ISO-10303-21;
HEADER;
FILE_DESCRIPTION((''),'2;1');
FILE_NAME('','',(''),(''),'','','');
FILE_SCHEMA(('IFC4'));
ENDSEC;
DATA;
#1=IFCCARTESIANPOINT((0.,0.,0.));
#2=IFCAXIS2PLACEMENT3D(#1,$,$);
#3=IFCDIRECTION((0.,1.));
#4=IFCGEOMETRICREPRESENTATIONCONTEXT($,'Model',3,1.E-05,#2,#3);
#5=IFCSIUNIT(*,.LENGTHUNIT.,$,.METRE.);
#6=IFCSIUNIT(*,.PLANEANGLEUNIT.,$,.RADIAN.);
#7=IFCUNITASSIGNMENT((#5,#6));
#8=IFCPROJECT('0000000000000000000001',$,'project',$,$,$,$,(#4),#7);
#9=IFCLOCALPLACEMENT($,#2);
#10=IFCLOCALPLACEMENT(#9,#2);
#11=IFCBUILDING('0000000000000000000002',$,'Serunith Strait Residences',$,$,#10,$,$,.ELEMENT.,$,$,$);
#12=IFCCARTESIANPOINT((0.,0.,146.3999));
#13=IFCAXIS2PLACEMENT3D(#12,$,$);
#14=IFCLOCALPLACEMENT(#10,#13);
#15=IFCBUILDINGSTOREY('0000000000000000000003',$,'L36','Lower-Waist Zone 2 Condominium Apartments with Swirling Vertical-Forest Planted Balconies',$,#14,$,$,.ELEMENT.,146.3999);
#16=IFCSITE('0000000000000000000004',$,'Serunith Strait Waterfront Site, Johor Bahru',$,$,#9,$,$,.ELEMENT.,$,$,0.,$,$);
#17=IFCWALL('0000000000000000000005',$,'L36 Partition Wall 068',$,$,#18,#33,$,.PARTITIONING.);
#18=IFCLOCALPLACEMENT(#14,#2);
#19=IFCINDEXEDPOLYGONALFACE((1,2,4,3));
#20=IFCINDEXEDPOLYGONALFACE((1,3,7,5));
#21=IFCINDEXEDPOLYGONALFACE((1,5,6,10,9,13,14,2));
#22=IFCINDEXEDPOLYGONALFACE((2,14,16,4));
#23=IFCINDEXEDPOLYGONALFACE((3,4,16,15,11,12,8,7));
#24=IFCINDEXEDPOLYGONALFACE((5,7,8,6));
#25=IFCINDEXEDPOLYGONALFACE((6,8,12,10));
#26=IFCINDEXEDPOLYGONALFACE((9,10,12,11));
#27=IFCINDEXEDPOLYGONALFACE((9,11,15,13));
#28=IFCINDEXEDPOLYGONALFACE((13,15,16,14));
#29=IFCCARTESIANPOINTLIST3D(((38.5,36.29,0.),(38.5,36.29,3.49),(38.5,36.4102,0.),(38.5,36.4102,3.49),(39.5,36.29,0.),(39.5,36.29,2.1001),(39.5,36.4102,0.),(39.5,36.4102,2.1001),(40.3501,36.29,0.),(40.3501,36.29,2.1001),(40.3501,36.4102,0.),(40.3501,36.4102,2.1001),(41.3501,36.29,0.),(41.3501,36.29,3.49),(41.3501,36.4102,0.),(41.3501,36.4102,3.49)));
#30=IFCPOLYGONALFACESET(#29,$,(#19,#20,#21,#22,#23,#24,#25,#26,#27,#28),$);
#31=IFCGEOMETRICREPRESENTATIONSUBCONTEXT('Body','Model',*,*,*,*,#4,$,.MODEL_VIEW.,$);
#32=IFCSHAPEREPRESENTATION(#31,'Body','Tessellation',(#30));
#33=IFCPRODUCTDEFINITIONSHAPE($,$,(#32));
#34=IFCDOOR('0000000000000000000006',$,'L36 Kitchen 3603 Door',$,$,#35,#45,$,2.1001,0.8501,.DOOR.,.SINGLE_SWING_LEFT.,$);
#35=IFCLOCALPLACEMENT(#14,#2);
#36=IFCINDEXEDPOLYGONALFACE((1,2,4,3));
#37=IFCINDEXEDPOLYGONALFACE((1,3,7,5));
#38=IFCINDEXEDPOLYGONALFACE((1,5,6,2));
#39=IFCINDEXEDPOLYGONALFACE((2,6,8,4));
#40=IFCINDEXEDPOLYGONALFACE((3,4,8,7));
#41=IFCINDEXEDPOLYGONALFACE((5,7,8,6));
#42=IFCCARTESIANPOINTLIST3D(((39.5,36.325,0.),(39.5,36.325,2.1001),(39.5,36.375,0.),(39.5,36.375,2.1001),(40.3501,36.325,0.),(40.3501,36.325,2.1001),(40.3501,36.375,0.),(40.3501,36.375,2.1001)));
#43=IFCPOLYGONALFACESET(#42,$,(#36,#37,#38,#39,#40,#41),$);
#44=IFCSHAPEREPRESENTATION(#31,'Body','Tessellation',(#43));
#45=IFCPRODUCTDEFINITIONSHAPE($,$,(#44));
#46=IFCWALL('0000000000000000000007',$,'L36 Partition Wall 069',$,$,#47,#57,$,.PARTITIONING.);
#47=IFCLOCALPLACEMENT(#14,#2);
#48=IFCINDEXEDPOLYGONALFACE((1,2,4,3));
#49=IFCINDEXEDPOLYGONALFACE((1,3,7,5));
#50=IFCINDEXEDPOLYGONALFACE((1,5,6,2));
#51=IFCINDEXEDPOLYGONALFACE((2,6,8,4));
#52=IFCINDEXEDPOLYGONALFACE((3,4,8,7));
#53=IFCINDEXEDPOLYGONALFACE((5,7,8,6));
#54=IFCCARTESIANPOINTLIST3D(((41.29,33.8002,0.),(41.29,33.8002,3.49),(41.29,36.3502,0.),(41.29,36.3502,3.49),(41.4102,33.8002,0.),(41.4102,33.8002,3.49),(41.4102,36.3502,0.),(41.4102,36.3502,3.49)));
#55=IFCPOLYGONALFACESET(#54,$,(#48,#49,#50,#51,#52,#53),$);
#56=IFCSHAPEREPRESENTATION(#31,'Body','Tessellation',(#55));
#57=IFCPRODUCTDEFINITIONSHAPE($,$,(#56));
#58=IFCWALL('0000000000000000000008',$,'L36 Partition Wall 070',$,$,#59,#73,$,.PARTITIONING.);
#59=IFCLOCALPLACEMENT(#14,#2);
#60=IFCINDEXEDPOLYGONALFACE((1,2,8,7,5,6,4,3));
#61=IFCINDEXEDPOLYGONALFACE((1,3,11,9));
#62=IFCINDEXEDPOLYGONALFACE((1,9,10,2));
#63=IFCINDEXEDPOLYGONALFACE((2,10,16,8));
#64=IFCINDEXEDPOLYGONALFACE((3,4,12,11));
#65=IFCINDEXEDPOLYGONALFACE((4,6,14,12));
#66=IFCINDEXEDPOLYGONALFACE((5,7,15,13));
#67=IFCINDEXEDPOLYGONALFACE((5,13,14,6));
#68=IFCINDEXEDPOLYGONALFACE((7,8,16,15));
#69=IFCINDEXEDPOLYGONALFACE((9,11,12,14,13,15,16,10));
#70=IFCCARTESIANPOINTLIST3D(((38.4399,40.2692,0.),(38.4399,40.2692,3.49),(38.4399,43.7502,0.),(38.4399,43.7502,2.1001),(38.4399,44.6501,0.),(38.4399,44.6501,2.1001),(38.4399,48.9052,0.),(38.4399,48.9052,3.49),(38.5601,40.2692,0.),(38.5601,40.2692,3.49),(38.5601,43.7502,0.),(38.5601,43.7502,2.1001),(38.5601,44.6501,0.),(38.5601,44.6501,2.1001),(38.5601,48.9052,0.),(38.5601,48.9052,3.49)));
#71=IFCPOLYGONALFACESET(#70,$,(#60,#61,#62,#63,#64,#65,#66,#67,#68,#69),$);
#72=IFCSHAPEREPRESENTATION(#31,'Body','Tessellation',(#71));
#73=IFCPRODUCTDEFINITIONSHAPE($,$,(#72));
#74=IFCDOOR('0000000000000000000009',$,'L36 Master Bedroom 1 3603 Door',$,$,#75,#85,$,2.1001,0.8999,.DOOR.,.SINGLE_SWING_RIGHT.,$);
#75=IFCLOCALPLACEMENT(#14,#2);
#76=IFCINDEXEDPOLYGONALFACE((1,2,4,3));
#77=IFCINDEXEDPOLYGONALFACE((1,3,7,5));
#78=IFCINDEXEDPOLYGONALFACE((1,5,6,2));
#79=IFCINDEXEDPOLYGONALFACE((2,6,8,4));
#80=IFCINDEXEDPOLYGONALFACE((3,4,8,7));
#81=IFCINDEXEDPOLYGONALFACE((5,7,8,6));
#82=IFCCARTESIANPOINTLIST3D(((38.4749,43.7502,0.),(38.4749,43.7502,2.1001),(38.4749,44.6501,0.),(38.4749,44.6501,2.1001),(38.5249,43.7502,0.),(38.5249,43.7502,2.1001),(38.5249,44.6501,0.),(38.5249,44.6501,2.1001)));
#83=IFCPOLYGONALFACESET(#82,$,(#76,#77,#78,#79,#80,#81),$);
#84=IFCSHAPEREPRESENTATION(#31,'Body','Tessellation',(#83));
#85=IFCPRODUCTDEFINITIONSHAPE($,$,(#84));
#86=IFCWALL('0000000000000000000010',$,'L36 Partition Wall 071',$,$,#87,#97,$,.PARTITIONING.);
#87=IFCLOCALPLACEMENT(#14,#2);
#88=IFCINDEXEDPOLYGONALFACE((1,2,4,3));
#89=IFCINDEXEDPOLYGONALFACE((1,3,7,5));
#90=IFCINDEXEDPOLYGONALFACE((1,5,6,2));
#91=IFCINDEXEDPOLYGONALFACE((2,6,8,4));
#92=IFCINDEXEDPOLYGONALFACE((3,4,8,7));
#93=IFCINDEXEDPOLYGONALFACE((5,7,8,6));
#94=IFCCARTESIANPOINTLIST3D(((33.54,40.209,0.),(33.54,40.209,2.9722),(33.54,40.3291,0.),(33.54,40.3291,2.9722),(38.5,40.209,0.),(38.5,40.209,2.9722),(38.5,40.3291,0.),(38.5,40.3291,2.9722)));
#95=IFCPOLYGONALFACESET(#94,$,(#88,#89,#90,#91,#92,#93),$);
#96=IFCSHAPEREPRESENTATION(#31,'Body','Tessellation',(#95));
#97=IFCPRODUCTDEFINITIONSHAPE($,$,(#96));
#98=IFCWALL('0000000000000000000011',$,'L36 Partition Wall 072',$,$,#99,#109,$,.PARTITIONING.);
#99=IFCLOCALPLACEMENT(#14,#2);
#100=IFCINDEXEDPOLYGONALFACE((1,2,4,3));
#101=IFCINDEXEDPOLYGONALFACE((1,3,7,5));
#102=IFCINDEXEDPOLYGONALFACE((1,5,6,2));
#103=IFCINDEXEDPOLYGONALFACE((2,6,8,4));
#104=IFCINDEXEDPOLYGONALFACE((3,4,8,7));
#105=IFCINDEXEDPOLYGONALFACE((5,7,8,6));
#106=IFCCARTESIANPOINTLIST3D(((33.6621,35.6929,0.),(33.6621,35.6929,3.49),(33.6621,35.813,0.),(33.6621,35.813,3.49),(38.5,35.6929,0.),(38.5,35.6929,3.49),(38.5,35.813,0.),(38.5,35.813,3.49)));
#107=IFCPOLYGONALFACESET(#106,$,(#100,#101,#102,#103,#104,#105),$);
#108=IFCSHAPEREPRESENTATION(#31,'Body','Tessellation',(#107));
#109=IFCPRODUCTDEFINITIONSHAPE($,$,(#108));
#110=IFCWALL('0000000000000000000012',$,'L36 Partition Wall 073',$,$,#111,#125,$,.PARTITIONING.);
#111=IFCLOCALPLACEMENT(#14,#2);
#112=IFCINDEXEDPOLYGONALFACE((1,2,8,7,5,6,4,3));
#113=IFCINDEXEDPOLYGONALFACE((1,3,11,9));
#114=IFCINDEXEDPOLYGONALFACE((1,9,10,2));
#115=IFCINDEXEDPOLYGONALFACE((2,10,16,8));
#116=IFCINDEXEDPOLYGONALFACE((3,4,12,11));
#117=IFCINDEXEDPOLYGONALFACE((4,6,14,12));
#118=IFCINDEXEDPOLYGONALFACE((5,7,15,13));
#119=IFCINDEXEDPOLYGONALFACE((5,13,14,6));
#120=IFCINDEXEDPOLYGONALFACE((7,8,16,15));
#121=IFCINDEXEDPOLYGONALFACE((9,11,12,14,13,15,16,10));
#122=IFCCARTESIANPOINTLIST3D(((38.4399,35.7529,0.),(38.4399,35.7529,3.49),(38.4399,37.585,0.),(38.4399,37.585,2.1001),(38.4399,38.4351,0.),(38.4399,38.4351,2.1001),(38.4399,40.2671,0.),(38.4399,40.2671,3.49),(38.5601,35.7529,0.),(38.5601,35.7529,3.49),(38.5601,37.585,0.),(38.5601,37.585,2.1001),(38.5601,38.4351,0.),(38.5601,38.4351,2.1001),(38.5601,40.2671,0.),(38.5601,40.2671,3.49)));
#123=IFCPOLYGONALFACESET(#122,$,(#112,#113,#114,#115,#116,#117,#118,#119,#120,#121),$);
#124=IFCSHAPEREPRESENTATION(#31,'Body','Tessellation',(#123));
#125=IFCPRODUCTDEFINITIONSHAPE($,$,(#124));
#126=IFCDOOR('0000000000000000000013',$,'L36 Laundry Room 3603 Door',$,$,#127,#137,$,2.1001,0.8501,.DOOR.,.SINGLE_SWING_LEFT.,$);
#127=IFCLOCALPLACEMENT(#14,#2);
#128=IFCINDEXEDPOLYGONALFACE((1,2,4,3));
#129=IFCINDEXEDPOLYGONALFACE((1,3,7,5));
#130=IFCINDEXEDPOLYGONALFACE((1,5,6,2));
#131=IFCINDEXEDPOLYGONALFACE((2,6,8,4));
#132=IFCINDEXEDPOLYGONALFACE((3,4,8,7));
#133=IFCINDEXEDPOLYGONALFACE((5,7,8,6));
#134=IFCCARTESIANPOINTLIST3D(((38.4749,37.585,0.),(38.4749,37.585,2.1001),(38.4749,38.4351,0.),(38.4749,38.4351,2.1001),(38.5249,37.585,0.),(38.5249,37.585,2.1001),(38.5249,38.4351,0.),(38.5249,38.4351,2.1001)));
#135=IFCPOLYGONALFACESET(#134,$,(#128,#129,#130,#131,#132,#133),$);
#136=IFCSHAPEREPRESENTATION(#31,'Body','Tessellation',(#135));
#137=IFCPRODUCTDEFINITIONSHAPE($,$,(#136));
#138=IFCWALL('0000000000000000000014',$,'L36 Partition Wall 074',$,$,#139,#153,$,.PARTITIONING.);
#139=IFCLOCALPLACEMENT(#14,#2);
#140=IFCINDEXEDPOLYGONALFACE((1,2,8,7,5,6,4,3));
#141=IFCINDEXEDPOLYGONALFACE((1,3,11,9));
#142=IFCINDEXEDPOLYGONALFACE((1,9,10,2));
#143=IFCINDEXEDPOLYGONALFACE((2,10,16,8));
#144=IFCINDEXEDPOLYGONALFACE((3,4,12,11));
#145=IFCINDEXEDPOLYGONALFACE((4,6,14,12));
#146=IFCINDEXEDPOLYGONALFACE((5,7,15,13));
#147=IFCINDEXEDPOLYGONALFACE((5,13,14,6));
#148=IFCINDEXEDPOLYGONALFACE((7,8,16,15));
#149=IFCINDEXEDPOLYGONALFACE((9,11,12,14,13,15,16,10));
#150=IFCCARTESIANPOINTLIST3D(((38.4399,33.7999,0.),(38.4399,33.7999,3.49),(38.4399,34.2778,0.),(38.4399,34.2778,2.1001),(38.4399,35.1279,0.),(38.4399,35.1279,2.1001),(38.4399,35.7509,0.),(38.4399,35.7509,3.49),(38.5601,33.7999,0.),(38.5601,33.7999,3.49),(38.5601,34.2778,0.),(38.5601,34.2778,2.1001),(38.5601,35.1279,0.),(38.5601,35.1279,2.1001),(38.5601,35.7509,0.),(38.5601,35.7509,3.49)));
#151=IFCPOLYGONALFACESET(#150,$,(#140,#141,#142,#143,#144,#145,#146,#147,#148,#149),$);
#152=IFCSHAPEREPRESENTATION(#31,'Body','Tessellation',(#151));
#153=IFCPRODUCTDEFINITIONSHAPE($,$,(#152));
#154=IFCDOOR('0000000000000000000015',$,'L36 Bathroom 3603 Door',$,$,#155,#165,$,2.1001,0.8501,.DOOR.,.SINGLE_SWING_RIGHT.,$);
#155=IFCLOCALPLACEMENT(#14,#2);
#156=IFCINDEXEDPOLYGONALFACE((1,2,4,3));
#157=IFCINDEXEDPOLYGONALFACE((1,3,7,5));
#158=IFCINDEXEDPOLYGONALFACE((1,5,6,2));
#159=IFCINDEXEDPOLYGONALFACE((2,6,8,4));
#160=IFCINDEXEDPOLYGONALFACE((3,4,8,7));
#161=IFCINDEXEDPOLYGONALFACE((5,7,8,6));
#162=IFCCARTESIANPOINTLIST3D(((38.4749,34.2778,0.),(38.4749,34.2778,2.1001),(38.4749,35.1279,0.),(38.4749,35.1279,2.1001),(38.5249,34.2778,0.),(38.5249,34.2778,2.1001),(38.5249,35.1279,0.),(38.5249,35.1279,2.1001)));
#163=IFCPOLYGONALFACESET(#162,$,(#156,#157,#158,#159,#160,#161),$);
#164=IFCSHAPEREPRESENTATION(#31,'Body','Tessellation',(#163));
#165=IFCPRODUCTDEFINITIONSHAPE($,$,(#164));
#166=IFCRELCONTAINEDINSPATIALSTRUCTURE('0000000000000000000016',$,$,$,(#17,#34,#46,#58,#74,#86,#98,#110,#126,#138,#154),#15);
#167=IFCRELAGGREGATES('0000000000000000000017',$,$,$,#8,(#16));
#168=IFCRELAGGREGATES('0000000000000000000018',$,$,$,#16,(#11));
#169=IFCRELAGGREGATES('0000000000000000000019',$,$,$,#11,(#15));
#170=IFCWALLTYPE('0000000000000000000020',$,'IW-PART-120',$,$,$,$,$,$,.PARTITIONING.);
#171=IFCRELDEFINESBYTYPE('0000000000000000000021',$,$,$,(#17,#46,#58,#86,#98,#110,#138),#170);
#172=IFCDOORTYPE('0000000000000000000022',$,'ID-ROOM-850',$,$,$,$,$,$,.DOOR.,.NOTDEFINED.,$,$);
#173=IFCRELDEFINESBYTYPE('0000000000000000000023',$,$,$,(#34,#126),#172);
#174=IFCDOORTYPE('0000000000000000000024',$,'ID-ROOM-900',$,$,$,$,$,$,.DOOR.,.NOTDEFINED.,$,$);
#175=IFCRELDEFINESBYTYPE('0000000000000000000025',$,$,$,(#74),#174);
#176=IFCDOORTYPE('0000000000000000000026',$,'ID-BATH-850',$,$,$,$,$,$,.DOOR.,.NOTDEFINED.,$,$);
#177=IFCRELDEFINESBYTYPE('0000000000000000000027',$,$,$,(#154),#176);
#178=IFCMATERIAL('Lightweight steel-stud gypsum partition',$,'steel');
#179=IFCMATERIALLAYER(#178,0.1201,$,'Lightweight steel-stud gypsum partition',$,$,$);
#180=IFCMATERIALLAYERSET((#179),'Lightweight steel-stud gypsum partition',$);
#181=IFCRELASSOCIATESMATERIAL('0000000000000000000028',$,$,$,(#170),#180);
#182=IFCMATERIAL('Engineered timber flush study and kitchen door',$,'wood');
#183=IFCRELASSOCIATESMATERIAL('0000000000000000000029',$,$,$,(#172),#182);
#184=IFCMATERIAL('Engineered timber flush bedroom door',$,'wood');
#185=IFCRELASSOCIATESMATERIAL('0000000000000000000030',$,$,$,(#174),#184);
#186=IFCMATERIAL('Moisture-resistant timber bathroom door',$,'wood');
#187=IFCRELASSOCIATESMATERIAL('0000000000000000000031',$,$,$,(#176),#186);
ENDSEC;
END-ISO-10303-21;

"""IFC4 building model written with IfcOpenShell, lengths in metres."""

from ifc_helpers import new_model, si_unit, direction, frame, frame_2d, origin, place, context, subcontext, project, spatial, rectangle, extrude, source, transform, mapped, material, layer, layer_set, type_object, element, fill, save


model = new_model("IFC4")

# Units and contexts
model_context = context("Model", 3, precision=1e-05, world=origin(), true_north=direction((0.0, 1.0)))
body_context = subcontext(model_context, "Body", "Model", "MODEL_VIEW")
ifc_project = project(units=[si_unit("LENGTHUNIT", "METRE"), si_unit("PLANEANGLEUNIT", "RADIAN")], contexts=[model_context])

# Site, building, storey
site_placement = place(None, origin())
site = spatial("IfcSite", under=ifc_project, at=site_placement, Name="Serunith Strait Waterfront Site, Johor Bahru", CompositionType="ELEMENT", RefElevation=0.0)
building_placement = place(site_placement, origin())
building = spatial("IfcBuilding", under=site, at=building_placement, Name="Serunith Strait Residences", CompositionType="ELEMENT")
storey_placement = place(building_placement, frame((0.0, 0.0, 146.3999)))
storey = spatial("IfcBuildingStorey", under=building, at=storey_placement, Name="L36", Description="Lower-Waist Zone 2 Condominium Apartments with Swirling Vertical-Forest Planted Balconies", CompositionType="ELEMENT", Elevation=146.3999)

# Wall, opening, door
ifc_material_1 = material(Name="Lightweight steel-stud gypsum partition", Category="steel")
ifc_layer_1 = layer(ifc_material_1, 0.1201, Name="Lightweight steel-stud gypsum partition")
ifc_layer_set_1 = layer_set([ifc_layer_1], Name="Lightweight steel-stud gypsum partition")
wall_type_1 = type_object("IfcWallType", Name="IW-PART-120", PredefinedType="PARTITIONING", material=ifc_layer_set_1)
wall_1_placement = place(storey_placement, frame((38.5, 36.3501, 0.0), z_axis=(0.0, 0.0, 1.0), x_axis=(1.0, 0.0, 0.0)))
wall_1 = element("IfcWall", 1, at=wall_1_placement, inside=storey, type_object=wall_type_1, Name="L36 Partition Wall 068", PredefinedType="PARTITIONING", context=body_context, shape_type="SweptSolid", body=[
    extrude(rectangle(XDim=2.8501, YDim=0.1201, at=frame_2d((1.425, 0.0))), origin(), (0.0, 0.0, 1.0), 3.49),
])
opening_1_placement = place(wall_1_placement, frame((1.0, 0.0, 0.0)))
opening_1 = element("IfcOpeningElement", 2, at=opening_1_placement, cuts=wall_1, PredefinedType="OPENING", context=body_context, shape_type="SweptSolid", body=[
    extrude(rectangle(XDim=0.8501, YDim=2.1001, at=frame_2d((0.425, 1.05))), frame((0.0, 0.0701, 0.0), z_axis=(0.0, -1.0, 0.0), x_axis=(1.0, 0.0, 0.0)), (0.0, 0.0, 1.0), 0.1401),
])
ifc_material_2 = material(Name="Engineered timber flush study and kitchen door", Category="wood")
door_type_1 = type_object("IfcDoorType", Name="ID-ROOM-850", OperationType="NOTDEFINED", PredefinedType="DOOR", material=ifc_material_2)
shared_shape_1 = source(origin(), body_context, "Body", "SweptSolid", [
    extrude(rectangle(XDim=0.8501, YDim=2.1001, at=frame_2d((0.425, 1.05))), frame((0.0, 0.0249, 0.0), z_axis=(0.0, -1.0, 0.0), x_axis=(1.0, 0.0, 0.0)), (0.0, 0.0, 1.0), 0.05),
])
door_1_placement = place(opening_1_placement, origin())
door_1 = element("IfcDoor", 3, at=door_1_placement, inside=storey, type_object=door_type_1, Name="L36 Kitchen 3603 Door", OperationType="SINGLE_SWING_LEFT", OverallHeight=2.1001, OverallWidth=0.8501, PredefinedType="DOOR", context=body_context, shape_type="MappedRepresentation", body=[
    mapped(shared_shape_1, transform((0.0, 0.0, 0.0), scale=1.0)),
])
fill(opening_1, door_1)

# Wall
wall_2_placement = place(storey_placement, frame((41.3501, 36.3501, 0.0), z_axis=(0.0, 0.0, 1.0), x_axis=(0.0, -1.0, 0.0)))
element("IfcWall", 4, at=wall_2_placement, inside=storey, type_object=wall_type_1, Name="L36 Partition Wall 069", PredefinedType="PARTITIONING", context=body_context, shape_type="SweptSolid", body=[
    extrude(rectangle(XDim=2.55, YDim=0.1201, at=frame_2d((1.2749, 0.0))), origin(), (0.0, 0.0, 1.0), 3.49),
])

# Wall, opening, door
wall_3_placement = place(storey_placement, frame((38.5, 48.905, 0.0), z_axis=(0.0, 0.0, 1.0), x_axis=(0.0, -1.0, 0.0)))
wall_3 = element("IfcWall", 5, at=wall_3_placement, inside=storey, type_object=wall_type_1, Name="L36 Partition Wall 070", PredefinedType="PARTITIONING", context=body_context, shape_type="SweptSolid", body=[
    extrude(rectangle(XDim=8.636, YDim=0.1201, at=frame_2d((4.3179, 0.0))), origin(), (0.0, 0.0, 1.0), 3.49),
])
opening_2_placement = place(wall_3_placement, frame((4.2549, 0.0, 0.0)))
opening_2 = element("IfcOpeningElement", 6, at=opening_2_placement, cuts=wall_3, PredefinedType="OPENING", context=body_context, shape_type="SweptSolid", body=[
    extrude(rectangle(XDim=0.8999, YDim=2.1001, at=frame_2d((0.45, 1.05))), frame((0.0, 0.0701, 0.0), z_axis=(0.0, -1.0, 0.0), x_axis=(1.0, 0.0, 0.0)), (0.0, 0.0, 1.0), 0.1401),
])
ifc_material_3 = material(Name="Engineered timber flush bedroom door", Category="wood")
door_type_2 = type_object("IfcDoorType", Name="ID-ROOM-900", OperationType="NOTDEFINED", PredefinedType="DOOR", material=ifc_material_3)
shared_shape_2 = source(origin(), body_context, "Body", "SweptSolid", [
    extrude(rectangle(XDim=0.8999, YDim=2.1001, at=frame_2d((0.45, 1.05))), frame((0.0, 0.0249, 0.0), z_axis=(0.0, -1.0, 0.0), x_axis=(1.0, 0.0, 0.0)), (0.0, 0.0, 1.0), 0.05),
])
door_2_placement = place(opening_2_placement, origin())
door_2 = element("IfcDoor", 7, at=door_2_placement, inside=storey, type_object=door_type_2, Name="L36 Master Bedroom 1 3603 Door", OperationType="SINGLE_SWING_RIGHT", OverallHeight=2.1001, OverallWidth=0.8999, PredefinedType="DOOR", context=body_context, shape_type="MappedRepresentation", body=[
    mapped(shared_shape_2, transform((0.0, 0.0, 0.0), scale=1.0)),
])
fill(opening_2, door_2)

# Walls
wall_4_placement = place(storey_placement, frame((33.54, 40.269, 0.0), z_axis=(0.0, 0.0, 1.0), x_axis=(1.0, 0.0, 0.0)))
element("IfcWall", 8, at=wall_4_placement, inside=storey, type_object=wall_type_1, Name="L36 Partition Wall 071", PredefinedType="PARTITIONING", context=body_context, shape_type="SweptSolid", body=[
    extrude(rectangle(XDim=4.96, YDim=0.1201, at=frame_2d((2.48, 0.0))), origin(), (0.0, 0.0, 1.0), 2.9722),
])
wall_5_placement = place(storey_placement, frame((33.6621, 35.7529, 0.0), z_axis=(0.0, 0.0, 1.0), x_axis=(1.0, 0.0, 0.0)))
element("IfcWall", 9, at=wall_5_placement, inside=storey, type_object=wall_type_1, Name="L36 Partition Wall 072", PredefinedType="PARTITIONING", context=body_context, shape_type="SweptSolid", body=[
    extrude(rectangle(XDim=4.8379, YDim=0.1201, at=frame_2d((2.4189, 0.0))), origin(), (0.0, 0.0, 1.0), 3.49),
])

# Walls, openings, doors
wall_6_placement = place(storey_placement, frame((38.5, 40.2671, 0.0), z_axis=(0.0, 0.0, 1.0), x_axis=(0.0, -1.0, 0.0)))
wall_6 = element("IfcWall", 10, at=wall_6_placement, inside=storey, type_object=wall_type_1, Name="L36 Partition Wall 073", PredefinedType="PARTITIONING", context=body_context, shape_type="SweptSolid", body=[
    extrude(rectangle(XDim=4.5142, YDim=0.1201, at=frame_2d((2.2571, 0.0))), origin(), (0.0, 0.0, 1.0), 3.49),
])
opening_3_placement = place(wall_6_placement, frame((1.832, 0.0, 0.0)))
opening_3 = element("IfcOpeningElement", 11, at=opening_3_placement, cuts=wall_6, PredefinedType="OPENING", context=body_context, shape_type="SweptSolid", body=[
    extrude(rectangle(XDim=0.8501, YDim=2.1001, at=frame_2d((0.425, 1.05))), frame((0.0, 0.0701, 0.0), z_axis=(0.0, -1.0, 0.0), x_axis=(1.0, 0.0, 0.0)), (0.0, 0.0, 1.0), 0.1401),
])
door_3_placement = place(opening_3_placement, origin())
door_3 = element("IfcDoor", 12, at=door_3_placement, inside=storey, type_object=door_type_1, Name="L36 Laundry Room 3603 Door", OperationType="SINGLE_SWING_LEFT", OverallHeight=2.1001, OverallWidth=0.8501, PredefinedType="DOOR", context=body_context, shape_type="MappedRepresentation", body=[
    mapped(shared_shape_1, transform((0.0, 0.0, 0.0), scale=1.0)),
])
fill(opening_3, door_3)
wall_7_placement = place(storey_placement, frame((38.5, 35.751, 0.0), z_axis=(0.0, 0.0, 1.0), x_axis=(0.0, -1.0, 0.0)))
wall_7 = element("IfcWall", 13, at=wall_7_placement, inside=storey, type_object=wall_type_1, Name="L36 Partition Wall 074", PredefinedType="PARTITIONING", context=body_context, shape_type="SweptSolid", body=[
    extrude(rectangle(XDim=1.9509, YDim=0.1201, at=frame_2d((0.9756, 0.0))), origin(), (0.0, 0.0, 1.0), 3.49),
])
opening_4_placement = place(wall_7_placement, frame((0.623, 0.0, 0.0)))
opening_4 = element("IfcOpeningElement", 14, at=opening_4_placement, cuts=wall_7, PredefinedType="OPENING", context=body_context, shape_type="SweptSolid", body=[
    extrude(rectangle(XDim=0.8501, YDim=2.1001, at=frame_2d((0.425, 1.05))), frame((0.0, 0.0701, 0.0), z_axis=(0.0, -1.0, 0.0), x_axis=(1.0, 0.0, 0.0)), (0.0, 0.0, 1.0), 0.1401),
])
ifc_material_4 = material(Name="Moisture-resistant timber bathroom door", Category="wood")
door_type_3 = type_object("IfcDoorType", Name="ID-BATH-850", OperationType="NOTDEFINED", PredefinedType="DOOR", material=ifc_material_4)
door_4_placement = place(opening_4_placement, origin())
door_4 = element("IfcDoor", 15, at=door_4_placement, inside=storey, type_object=door_type_3, Name="L36 Bathroom 3603 Door", OperationType="SINGLE_SWING_RIGHT", OverallHeight=2.1001, OverallWidth=0.8501, PredefinedType="DOOR", context=body_context, shape_type="MappedRepresentation", body=[
    mapped(shared_shape_1, transform((0.0, 0.0, 0.0), scale=1.0)),
])
fill(opening_4, door_4)

save(model, "model.ifc")
